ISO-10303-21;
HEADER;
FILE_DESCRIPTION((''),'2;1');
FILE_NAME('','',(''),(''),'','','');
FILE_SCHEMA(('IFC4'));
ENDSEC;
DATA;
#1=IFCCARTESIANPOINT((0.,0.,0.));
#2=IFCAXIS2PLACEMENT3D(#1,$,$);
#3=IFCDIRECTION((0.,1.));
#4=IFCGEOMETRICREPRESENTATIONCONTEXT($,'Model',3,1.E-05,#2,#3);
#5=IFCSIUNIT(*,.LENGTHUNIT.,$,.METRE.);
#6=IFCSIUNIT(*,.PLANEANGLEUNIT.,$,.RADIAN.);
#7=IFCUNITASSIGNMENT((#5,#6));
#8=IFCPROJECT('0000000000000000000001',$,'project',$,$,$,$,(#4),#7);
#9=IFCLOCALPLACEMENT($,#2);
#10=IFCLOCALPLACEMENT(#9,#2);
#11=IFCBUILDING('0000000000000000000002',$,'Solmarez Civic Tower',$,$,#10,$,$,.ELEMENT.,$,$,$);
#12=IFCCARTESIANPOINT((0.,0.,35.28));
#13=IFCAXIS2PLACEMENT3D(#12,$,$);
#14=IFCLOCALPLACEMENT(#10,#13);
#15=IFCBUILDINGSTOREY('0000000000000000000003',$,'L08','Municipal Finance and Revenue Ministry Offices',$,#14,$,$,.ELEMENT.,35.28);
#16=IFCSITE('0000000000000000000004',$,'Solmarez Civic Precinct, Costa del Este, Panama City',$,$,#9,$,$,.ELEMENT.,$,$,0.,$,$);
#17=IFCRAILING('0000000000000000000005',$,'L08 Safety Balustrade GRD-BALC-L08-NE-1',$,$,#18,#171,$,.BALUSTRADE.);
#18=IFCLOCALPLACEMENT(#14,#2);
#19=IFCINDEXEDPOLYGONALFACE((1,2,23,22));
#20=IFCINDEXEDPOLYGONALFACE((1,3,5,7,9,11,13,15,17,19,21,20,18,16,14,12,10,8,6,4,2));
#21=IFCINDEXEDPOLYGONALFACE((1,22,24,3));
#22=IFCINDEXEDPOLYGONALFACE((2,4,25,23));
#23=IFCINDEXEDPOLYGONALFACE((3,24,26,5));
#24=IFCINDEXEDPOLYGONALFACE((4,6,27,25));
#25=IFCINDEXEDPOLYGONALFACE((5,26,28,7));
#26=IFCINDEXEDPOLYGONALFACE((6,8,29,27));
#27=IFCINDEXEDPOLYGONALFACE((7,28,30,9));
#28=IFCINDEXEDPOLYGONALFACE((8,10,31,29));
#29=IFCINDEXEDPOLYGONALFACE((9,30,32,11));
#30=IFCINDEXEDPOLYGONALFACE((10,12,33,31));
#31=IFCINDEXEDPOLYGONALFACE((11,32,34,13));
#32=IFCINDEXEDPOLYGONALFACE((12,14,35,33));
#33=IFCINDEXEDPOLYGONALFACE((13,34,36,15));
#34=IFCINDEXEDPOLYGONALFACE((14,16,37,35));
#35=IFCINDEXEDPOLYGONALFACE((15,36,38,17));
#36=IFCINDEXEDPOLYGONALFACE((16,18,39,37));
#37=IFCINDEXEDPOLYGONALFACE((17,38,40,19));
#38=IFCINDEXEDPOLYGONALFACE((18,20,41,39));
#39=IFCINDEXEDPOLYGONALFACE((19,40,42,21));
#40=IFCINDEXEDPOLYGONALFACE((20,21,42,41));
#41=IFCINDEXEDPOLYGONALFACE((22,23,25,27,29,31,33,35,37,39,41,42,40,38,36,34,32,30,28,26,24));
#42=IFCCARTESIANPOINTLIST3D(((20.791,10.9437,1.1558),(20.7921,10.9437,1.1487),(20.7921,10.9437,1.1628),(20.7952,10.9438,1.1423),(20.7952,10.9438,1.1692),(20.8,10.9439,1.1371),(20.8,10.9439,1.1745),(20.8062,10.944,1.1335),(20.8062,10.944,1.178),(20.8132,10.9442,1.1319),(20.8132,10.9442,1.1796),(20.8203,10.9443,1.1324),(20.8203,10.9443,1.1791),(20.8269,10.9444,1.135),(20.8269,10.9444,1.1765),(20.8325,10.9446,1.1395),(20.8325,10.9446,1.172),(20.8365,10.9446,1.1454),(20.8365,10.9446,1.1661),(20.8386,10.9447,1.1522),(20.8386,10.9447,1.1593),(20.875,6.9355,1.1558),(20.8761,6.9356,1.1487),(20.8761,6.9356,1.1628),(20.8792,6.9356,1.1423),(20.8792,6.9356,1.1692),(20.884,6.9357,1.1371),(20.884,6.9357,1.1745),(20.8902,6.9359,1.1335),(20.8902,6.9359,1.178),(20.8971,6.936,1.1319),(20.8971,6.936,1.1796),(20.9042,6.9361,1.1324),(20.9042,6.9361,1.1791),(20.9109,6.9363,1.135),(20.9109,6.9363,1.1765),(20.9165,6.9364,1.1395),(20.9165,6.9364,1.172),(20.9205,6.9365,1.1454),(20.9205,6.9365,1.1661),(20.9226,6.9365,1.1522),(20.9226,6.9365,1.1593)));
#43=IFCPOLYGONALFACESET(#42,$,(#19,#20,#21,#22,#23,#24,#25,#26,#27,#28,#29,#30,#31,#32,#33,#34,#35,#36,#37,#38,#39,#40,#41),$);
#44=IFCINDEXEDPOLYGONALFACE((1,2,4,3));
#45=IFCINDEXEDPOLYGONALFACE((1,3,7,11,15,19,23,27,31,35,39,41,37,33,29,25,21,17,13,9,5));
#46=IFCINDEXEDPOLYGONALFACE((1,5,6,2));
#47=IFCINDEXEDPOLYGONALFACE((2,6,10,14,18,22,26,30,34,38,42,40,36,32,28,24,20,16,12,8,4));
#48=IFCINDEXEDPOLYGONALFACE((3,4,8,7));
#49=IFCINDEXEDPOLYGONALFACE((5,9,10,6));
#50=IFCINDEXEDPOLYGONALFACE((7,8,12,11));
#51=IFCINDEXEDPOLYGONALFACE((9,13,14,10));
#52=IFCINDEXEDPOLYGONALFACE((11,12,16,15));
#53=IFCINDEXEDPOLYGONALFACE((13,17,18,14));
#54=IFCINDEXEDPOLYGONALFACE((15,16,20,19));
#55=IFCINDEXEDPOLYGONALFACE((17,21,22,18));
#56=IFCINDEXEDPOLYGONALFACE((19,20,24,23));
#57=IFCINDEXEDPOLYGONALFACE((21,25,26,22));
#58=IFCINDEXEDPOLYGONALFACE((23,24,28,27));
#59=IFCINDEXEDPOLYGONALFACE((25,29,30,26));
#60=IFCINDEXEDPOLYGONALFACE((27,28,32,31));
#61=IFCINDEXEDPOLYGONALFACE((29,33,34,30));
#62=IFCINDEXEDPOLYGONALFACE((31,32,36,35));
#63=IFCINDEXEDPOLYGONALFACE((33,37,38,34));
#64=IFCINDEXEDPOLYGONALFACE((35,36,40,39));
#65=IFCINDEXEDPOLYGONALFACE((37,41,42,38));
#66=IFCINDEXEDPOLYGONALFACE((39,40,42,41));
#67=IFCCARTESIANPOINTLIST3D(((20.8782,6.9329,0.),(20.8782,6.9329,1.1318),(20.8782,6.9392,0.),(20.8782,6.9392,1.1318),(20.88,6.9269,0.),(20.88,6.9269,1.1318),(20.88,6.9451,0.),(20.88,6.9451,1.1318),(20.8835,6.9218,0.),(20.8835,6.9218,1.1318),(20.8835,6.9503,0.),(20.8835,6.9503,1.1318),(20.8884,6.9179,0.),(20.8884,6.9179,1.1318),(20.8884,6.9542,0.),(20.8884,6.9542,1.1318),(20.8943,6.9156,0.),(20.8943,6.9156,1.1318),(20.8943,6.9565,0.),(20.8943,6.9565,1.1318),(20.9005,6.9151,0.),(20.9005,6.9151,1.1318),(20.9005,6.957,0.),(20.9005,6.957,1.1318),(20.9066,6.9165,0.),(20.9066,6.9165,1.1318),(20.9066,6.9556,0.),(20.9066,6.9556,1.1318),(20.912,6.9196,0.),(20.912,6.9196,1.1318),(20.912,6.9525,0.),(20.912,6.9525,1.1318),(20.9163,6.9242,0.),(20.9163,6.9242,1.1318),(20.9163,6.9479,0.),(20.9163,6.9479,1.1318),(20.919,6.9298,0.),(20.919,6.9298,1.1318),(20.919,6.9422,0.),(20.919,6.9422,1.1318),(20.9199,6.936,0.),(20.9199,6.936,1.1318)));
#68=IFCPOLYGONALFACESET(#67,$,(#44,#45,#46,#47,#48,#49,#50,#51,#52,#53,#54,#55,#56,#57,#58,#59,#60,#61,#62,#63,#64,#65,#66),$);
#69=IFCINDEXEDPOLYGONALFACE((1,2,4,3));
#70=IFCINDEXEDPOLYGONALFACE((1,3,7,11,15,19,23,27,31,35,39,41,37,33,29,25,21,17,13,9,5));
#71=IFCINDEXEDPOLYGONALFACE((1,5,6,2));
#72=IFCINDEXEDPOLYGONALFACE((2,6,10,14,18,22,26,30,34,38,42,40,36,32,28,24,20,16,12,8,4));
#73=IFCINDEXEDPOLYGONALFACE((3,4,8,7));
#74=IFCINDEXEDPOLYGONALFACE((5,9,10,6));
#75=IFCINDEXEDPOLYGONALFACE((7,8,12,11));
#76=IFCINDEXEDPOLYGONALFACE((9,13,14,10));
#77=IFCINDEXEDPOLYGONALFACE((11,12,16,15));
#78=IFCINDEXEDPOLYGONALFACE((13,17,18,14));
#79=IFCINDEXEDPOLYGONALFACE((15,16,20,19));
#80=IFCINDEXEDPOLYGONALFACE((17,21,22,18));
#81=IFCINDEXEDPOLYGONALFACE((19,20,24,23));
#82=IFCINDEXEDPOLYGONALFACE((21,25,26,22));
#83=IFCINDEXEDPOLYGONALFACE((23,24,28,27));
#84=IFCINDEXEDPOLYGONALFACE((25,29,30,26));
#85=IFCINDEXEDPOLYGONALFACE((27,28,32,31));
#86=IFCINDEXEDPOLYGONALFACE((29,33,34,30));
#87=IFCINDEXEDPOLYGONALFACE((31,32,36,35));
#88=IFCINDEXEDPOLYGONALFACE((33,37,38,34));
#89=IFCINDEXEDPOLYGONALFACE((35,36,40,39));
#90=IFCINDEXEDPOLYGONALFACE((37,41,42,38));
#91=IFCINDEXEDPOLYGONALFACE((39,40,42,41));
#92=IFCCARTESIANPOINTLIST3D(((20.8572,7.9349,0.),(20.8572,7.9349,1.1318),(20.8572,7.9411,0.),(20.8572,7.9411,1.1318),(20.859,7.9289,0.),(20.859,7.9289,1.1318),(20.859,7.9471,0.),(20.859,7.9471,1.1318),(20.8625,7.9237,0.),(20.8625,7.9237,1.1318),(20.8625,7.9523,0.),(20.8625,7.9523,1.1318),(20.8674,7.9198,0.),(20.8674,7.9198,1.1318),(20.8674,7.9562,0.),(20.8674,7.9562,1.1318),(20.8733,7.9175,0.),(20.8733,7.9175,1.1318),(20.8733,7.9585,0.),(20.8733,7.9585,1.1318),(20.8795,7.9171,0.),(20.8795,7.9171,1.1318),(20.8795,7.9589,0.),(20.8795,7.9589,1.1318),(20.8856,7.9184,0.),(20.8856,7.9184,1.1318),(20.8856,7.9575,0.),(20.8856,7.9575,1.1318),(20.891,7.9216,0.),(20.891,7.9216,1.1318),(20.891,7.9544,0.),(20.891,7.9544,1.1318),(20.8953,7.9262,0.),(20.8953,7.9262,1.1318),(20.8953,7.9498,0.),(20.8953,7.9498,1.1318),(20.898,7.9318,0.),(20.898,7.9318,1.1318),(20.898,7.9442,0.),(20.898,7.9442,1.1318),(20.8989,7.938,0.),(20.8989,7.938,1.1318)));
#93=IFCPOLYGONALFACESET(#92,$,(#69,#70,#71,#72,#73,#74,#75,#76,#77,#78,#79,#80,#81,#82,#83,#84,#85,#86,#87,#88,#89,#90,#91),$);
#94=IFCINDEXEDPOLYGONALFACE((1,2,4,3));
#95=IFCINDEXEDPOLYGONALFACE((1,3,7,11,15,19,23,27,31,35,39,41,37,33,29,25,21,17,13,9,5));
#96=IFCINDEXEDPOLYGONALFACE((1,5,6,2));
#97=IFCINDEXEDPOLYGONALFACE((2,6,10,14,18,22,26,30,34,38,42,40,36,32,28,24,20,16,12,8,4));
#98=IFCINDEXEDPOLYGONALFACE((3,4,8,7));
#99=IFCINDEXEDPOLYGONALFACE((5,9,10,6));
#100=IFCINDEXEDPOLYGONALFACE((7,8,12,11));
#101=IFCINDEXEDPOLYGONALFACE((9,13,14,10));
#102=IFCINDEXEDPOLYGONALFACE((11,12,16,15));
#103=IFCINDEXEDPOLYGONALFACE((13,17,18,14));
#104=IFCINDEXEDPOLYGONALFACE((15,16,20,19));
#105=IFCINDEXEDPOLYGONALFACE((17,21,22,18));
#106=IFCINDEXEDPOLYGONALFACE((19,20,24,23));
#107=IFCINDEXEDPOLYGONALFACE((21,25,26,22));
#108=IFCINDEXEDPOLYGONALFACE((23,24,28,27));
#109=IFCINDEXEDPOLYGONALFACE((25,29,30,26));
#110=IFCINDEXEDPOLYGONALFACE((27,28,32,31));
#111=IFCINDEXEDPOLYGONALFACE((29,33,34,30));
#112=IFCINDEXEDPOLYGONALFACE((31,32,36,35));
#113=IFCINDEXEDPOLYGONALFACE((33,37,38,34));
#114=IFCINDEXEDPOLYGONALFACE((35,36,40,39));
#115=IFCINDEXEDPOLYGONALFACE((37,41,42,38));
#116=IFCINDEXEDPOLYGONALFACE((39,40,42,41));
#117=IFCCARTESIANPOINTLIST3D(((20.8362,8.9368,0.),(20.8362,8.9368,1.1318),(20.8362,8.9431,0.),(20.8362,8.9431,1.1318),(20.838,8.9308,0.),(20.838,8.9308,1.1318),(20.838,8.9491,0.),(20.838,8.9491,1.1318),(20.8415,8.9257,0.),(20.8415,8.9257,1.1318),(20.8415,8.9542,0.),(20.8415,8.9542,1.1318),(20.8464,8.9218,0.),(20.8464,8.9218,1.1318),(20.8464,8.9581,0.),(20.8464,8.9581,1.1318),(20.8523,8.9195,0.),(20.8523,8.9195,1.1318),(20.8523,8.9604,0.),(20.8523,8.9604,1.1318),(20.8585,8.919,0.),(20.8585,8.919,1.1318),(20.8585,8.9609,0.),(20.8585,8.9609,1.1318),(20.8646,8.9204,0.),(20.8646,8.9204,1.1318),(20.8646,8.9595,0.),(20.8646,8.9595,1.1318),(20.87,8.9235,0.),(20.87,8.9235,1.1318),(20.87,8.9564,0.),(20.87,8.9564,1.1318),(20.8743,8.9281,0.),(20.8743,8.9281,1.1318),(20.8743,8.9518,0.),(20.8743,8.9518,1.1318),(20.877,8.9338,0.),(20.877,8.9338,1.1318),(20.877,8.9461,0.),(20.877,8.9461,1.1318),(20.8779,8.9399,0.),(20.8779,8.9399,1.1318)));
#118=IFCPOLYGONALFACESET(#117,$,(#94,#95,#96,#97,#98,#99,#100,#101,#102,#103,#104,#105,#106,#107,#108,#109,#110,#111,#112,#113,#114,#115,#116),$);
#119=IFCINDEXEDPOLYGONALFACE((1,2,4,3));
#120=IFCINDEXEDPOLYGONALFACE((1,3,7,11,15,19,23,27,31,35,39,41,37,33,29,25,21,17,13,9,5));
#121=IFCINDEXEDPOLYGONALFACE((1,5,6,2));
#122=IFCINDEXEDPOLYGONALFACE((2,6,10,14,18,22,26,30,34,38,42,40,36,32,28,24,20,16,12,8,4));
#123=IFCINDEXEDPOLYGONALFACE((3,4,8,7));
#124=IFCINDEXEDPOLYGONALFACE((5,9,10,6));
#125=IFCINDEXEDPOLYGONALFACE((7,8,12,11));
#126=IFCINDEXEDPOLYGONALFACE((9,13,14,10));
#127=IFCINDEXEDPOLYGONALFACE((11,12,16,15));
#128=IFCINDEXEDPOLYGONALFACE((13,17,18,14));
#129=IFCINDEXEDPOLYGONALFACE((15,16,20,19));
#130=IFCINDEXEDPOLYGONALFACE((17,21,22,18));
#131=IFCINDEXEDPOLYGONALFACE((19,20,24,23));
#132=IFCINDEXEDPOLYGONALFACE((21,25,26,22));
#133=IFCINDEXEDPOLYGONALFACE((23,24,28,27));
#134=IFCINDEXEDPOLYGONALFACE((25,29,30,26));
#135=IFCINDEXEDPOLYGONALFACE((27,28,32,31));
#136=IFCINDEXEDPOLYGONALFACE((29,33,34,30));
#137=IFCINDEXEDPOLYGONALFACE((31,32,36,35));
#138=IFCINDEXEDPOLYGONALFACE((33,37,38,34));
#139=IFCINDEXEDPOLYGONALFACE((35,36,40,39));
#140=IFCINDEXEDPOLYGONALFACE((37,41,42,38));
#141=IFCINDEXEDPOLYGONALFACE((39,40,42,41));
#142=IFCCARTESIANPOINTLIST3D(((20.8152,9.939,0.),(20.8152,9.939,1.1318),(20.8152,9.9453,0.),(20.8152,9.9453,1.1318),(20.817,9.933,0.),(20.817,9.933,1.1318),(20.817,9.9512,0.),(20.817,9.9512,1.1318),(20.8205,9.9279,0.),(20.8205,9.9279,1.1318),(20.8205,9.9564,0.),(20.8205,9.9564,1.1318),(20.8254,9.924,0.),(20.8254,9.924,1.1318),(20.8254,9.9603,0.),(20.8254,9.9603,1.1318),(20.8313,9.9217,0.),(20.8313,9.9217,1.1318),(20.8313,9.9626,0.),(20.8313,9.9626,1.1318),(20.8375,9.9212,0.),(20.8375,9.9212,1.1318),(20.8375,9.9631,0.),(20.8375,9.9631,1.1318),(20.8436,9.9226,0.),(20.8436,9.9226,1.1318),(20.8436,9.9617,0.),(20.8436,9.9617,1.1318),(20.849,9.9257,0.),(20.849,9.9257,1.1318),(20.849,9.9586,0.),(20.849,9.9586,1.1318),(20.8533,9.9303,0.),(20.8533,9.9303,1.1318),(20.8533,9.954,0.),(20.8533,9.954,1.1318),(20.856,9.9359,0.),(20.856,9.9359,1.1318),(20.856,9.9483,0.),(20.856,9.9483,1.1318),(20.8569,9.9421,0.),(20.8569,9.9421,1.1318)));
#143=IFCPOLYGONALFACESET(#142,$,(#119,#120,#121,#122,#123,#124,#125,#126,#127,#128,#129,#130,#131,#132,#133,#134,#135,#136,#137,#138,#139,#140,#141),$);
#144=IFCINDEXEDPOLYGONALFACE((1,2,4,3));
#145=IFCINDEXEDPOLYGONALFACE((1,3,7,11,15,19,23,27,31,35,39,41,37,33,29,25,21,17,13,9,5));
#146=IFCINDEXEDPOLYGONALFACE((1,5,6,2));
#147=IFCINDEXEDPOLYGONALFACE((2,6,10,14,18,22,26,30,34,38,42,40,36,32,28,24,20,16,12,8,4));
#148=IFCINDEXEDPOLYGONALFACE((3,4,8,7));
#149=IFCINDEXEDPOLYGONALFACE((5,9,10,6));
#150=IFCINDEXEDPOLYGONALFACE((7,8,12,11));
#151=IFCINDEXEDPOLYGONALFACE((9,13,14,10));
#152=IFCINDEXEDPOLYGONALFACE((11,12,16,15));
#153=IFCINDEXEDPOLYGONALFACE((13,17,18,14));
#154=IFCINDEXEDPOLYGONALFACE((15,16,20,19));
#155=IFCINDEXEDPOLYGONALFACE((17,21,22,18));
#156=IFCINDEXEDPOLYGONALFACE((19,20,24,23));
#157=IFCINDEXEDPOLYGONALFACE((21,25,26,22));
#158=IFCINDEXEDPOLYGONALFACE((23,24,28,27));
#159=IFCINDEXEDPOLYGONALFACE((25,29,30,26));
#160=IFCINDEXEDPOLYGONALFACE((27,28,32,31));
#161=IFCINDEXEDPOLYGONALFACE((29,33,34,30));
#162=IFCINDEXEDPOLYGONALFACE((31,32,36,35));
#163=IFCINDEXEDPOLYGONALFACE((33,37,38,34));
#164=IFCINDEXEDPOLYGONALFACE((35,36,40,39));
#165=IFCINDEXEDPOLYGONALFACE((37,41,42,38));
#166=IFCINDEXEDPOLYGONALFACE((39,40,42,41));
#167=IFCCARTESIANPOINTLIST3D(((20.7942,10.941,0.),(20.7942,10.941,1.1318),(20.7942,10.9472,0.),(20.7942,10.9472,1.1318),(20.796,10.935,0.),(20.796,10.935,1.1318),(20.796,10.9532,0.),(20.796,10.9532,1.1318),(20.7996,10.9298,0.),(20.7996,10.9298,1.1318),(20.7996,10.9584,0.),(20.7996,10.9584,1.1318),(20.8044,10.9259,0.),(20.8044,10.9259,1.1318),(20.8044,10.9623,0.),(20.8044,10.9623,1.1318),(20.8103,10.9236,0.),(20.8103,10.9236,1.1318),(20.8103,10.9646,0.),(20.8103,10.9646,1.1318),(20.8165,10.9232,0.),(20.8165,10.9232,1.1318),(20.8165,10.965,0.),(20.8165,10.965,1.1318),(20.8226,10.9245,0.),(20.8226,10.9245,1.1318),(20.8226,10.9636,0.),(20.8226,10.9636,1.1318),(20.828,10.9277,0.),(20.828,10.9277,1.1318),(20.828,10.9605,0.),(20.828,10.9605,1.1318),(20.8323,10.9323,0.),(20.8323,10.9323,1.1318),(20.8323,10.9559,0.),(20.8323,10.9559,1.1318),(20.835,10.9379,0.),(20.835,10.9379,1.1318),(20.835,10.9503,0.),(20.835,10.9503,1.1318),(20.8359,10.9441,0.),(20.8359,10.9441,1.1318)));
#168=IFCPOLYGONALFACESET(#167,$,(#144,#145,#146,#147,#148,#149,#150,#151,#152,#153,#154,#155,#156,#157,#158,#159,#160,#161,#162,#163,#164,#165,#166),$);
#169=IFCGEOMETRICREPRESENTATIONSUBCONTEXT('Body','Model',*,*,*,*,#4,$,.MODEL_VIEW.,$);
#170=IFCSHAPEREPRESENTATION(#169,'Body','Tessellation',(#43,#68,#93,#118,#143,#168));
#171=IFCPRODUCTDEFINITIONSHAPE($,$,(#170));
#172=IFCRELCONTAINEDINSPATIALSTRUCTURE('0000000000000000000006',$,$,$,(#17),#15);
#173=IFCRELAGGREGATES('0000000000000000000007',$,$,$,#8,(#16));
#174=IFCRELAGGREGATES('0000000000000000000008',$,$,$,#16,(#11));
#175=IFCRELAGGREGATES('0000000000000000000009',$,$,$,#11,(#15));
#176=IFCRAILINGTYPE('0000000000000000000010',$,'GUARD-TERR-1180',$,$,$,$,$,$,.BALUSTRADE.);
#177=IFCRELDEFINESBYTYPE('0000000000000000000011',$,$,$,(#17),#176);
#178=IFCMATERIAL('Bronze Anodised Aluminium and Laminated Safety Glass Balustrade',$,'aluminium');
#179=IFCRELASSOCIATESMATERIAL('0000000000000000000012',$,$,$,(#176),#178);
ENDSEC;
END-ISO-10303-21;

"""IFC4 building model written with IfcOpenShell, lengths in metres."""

from ifc_helpers import new_model, si_unit, direction, frame, origin, origin_2d, place, context, subcontext, project, spatial, circle, extrude, material, type_object, element, save


model = new_model("IFC4")

# Units and contexts
model_context = context("Model", 3, precision=1e-05, world=origin(), true_north=direction((0.0, 1.0)))
body_context = subcontext(model_context, "Body", "Model", "MODEL_VIEW")
ifc_project = project(units=[si_unit("LENGTHUNIT", "METRE"), si_unit("PLANEANGLEUNIT", "RADIAN")], contexts=[model_context])

# Site, building, storey
site_placement = place(None, origin())
site = spatial("IfcSite", under=ifc_project, at=site_placement, Name="Solmarez Civic Precinct, Costa del Este, Panama City", CompositionType="ELEMENT", RefElevation=0.0)
building_placement = place(site_placement, origin())
building = spatial("IfcBuilding", under=site, at=building_placement, Name="Solmarez Civic Tower", CompositionType="ELEMENT")
storey_placement = place(building_placement, frame((0.0, 0.0, 35.28)))
storey = spatial("IfcBuildingStorey", under=building, at=storey_placement, Name="L08", Description="Municipal Finance and Revenue Ministry Offices", CompositionType="ELEMENT", Elevation=35.28)

# Railing
ifc_material_1 = material(Name="Bronze Anodised Aluminium and Laminated Safety Glass Balustrade", Category="aluminium")
railing_type = type_object("IfcRailingType", Name="GUARD-TERR-1180", PredefinedType="BALUSTRADE", material=ifc_material_1)
railing_1_placement = place(storey_placement, frame((20.8989, 6.936, 0.0)))
element("IfcRailing", 1, at=railing_1_placement, inside=storey, type_object=railing_type, Name="L08 Safety Balustrade GRD-BALC-L08-NE-1", PredefinedType="BALUSTRADE", context=body_context, shape_type="SweptSolid", body=[
    extrude(circle(Radius=0.0239, at=origin_2d()), frame((0.0, 0.0, 1.1558), z_axis=(-0.020949, 0.999781, 0.0), x_axis=(-0.999781, -0.020949, 0.0)), (0.0, 0.0, 1.0), 4.009),
    extrude(circle(Radius=0.021, at=origin_2d()), origin(), (0.0, 0.0, 1.0), 1.1318),
    extrude(circle(Radius=0.021, at=origin_2d()), frame((-0.021, 1.002, 0.0)), (0.0, 0.0, 1.0), 1.1318),
    extrude(circle(Radius=0.021, at=origin_2d()), frame((-0.042, 2.0039, 0.0)), (0.0, 0.0, 1.0), 1.1318),
    extrude(circle(Radius=0.021, at=origin_2d()), frame((-0.063, 3.0061, 0.0)), (0.0, 0.0, 1.0), 1.1318),
    extrude(circle(Radius=0.021, at=origin_2d()), frame((-0.084, 4.0081, 0.0)), (0.0, 0.0, 1.0), 1.1318),
])

save(model, "model.ifc")
